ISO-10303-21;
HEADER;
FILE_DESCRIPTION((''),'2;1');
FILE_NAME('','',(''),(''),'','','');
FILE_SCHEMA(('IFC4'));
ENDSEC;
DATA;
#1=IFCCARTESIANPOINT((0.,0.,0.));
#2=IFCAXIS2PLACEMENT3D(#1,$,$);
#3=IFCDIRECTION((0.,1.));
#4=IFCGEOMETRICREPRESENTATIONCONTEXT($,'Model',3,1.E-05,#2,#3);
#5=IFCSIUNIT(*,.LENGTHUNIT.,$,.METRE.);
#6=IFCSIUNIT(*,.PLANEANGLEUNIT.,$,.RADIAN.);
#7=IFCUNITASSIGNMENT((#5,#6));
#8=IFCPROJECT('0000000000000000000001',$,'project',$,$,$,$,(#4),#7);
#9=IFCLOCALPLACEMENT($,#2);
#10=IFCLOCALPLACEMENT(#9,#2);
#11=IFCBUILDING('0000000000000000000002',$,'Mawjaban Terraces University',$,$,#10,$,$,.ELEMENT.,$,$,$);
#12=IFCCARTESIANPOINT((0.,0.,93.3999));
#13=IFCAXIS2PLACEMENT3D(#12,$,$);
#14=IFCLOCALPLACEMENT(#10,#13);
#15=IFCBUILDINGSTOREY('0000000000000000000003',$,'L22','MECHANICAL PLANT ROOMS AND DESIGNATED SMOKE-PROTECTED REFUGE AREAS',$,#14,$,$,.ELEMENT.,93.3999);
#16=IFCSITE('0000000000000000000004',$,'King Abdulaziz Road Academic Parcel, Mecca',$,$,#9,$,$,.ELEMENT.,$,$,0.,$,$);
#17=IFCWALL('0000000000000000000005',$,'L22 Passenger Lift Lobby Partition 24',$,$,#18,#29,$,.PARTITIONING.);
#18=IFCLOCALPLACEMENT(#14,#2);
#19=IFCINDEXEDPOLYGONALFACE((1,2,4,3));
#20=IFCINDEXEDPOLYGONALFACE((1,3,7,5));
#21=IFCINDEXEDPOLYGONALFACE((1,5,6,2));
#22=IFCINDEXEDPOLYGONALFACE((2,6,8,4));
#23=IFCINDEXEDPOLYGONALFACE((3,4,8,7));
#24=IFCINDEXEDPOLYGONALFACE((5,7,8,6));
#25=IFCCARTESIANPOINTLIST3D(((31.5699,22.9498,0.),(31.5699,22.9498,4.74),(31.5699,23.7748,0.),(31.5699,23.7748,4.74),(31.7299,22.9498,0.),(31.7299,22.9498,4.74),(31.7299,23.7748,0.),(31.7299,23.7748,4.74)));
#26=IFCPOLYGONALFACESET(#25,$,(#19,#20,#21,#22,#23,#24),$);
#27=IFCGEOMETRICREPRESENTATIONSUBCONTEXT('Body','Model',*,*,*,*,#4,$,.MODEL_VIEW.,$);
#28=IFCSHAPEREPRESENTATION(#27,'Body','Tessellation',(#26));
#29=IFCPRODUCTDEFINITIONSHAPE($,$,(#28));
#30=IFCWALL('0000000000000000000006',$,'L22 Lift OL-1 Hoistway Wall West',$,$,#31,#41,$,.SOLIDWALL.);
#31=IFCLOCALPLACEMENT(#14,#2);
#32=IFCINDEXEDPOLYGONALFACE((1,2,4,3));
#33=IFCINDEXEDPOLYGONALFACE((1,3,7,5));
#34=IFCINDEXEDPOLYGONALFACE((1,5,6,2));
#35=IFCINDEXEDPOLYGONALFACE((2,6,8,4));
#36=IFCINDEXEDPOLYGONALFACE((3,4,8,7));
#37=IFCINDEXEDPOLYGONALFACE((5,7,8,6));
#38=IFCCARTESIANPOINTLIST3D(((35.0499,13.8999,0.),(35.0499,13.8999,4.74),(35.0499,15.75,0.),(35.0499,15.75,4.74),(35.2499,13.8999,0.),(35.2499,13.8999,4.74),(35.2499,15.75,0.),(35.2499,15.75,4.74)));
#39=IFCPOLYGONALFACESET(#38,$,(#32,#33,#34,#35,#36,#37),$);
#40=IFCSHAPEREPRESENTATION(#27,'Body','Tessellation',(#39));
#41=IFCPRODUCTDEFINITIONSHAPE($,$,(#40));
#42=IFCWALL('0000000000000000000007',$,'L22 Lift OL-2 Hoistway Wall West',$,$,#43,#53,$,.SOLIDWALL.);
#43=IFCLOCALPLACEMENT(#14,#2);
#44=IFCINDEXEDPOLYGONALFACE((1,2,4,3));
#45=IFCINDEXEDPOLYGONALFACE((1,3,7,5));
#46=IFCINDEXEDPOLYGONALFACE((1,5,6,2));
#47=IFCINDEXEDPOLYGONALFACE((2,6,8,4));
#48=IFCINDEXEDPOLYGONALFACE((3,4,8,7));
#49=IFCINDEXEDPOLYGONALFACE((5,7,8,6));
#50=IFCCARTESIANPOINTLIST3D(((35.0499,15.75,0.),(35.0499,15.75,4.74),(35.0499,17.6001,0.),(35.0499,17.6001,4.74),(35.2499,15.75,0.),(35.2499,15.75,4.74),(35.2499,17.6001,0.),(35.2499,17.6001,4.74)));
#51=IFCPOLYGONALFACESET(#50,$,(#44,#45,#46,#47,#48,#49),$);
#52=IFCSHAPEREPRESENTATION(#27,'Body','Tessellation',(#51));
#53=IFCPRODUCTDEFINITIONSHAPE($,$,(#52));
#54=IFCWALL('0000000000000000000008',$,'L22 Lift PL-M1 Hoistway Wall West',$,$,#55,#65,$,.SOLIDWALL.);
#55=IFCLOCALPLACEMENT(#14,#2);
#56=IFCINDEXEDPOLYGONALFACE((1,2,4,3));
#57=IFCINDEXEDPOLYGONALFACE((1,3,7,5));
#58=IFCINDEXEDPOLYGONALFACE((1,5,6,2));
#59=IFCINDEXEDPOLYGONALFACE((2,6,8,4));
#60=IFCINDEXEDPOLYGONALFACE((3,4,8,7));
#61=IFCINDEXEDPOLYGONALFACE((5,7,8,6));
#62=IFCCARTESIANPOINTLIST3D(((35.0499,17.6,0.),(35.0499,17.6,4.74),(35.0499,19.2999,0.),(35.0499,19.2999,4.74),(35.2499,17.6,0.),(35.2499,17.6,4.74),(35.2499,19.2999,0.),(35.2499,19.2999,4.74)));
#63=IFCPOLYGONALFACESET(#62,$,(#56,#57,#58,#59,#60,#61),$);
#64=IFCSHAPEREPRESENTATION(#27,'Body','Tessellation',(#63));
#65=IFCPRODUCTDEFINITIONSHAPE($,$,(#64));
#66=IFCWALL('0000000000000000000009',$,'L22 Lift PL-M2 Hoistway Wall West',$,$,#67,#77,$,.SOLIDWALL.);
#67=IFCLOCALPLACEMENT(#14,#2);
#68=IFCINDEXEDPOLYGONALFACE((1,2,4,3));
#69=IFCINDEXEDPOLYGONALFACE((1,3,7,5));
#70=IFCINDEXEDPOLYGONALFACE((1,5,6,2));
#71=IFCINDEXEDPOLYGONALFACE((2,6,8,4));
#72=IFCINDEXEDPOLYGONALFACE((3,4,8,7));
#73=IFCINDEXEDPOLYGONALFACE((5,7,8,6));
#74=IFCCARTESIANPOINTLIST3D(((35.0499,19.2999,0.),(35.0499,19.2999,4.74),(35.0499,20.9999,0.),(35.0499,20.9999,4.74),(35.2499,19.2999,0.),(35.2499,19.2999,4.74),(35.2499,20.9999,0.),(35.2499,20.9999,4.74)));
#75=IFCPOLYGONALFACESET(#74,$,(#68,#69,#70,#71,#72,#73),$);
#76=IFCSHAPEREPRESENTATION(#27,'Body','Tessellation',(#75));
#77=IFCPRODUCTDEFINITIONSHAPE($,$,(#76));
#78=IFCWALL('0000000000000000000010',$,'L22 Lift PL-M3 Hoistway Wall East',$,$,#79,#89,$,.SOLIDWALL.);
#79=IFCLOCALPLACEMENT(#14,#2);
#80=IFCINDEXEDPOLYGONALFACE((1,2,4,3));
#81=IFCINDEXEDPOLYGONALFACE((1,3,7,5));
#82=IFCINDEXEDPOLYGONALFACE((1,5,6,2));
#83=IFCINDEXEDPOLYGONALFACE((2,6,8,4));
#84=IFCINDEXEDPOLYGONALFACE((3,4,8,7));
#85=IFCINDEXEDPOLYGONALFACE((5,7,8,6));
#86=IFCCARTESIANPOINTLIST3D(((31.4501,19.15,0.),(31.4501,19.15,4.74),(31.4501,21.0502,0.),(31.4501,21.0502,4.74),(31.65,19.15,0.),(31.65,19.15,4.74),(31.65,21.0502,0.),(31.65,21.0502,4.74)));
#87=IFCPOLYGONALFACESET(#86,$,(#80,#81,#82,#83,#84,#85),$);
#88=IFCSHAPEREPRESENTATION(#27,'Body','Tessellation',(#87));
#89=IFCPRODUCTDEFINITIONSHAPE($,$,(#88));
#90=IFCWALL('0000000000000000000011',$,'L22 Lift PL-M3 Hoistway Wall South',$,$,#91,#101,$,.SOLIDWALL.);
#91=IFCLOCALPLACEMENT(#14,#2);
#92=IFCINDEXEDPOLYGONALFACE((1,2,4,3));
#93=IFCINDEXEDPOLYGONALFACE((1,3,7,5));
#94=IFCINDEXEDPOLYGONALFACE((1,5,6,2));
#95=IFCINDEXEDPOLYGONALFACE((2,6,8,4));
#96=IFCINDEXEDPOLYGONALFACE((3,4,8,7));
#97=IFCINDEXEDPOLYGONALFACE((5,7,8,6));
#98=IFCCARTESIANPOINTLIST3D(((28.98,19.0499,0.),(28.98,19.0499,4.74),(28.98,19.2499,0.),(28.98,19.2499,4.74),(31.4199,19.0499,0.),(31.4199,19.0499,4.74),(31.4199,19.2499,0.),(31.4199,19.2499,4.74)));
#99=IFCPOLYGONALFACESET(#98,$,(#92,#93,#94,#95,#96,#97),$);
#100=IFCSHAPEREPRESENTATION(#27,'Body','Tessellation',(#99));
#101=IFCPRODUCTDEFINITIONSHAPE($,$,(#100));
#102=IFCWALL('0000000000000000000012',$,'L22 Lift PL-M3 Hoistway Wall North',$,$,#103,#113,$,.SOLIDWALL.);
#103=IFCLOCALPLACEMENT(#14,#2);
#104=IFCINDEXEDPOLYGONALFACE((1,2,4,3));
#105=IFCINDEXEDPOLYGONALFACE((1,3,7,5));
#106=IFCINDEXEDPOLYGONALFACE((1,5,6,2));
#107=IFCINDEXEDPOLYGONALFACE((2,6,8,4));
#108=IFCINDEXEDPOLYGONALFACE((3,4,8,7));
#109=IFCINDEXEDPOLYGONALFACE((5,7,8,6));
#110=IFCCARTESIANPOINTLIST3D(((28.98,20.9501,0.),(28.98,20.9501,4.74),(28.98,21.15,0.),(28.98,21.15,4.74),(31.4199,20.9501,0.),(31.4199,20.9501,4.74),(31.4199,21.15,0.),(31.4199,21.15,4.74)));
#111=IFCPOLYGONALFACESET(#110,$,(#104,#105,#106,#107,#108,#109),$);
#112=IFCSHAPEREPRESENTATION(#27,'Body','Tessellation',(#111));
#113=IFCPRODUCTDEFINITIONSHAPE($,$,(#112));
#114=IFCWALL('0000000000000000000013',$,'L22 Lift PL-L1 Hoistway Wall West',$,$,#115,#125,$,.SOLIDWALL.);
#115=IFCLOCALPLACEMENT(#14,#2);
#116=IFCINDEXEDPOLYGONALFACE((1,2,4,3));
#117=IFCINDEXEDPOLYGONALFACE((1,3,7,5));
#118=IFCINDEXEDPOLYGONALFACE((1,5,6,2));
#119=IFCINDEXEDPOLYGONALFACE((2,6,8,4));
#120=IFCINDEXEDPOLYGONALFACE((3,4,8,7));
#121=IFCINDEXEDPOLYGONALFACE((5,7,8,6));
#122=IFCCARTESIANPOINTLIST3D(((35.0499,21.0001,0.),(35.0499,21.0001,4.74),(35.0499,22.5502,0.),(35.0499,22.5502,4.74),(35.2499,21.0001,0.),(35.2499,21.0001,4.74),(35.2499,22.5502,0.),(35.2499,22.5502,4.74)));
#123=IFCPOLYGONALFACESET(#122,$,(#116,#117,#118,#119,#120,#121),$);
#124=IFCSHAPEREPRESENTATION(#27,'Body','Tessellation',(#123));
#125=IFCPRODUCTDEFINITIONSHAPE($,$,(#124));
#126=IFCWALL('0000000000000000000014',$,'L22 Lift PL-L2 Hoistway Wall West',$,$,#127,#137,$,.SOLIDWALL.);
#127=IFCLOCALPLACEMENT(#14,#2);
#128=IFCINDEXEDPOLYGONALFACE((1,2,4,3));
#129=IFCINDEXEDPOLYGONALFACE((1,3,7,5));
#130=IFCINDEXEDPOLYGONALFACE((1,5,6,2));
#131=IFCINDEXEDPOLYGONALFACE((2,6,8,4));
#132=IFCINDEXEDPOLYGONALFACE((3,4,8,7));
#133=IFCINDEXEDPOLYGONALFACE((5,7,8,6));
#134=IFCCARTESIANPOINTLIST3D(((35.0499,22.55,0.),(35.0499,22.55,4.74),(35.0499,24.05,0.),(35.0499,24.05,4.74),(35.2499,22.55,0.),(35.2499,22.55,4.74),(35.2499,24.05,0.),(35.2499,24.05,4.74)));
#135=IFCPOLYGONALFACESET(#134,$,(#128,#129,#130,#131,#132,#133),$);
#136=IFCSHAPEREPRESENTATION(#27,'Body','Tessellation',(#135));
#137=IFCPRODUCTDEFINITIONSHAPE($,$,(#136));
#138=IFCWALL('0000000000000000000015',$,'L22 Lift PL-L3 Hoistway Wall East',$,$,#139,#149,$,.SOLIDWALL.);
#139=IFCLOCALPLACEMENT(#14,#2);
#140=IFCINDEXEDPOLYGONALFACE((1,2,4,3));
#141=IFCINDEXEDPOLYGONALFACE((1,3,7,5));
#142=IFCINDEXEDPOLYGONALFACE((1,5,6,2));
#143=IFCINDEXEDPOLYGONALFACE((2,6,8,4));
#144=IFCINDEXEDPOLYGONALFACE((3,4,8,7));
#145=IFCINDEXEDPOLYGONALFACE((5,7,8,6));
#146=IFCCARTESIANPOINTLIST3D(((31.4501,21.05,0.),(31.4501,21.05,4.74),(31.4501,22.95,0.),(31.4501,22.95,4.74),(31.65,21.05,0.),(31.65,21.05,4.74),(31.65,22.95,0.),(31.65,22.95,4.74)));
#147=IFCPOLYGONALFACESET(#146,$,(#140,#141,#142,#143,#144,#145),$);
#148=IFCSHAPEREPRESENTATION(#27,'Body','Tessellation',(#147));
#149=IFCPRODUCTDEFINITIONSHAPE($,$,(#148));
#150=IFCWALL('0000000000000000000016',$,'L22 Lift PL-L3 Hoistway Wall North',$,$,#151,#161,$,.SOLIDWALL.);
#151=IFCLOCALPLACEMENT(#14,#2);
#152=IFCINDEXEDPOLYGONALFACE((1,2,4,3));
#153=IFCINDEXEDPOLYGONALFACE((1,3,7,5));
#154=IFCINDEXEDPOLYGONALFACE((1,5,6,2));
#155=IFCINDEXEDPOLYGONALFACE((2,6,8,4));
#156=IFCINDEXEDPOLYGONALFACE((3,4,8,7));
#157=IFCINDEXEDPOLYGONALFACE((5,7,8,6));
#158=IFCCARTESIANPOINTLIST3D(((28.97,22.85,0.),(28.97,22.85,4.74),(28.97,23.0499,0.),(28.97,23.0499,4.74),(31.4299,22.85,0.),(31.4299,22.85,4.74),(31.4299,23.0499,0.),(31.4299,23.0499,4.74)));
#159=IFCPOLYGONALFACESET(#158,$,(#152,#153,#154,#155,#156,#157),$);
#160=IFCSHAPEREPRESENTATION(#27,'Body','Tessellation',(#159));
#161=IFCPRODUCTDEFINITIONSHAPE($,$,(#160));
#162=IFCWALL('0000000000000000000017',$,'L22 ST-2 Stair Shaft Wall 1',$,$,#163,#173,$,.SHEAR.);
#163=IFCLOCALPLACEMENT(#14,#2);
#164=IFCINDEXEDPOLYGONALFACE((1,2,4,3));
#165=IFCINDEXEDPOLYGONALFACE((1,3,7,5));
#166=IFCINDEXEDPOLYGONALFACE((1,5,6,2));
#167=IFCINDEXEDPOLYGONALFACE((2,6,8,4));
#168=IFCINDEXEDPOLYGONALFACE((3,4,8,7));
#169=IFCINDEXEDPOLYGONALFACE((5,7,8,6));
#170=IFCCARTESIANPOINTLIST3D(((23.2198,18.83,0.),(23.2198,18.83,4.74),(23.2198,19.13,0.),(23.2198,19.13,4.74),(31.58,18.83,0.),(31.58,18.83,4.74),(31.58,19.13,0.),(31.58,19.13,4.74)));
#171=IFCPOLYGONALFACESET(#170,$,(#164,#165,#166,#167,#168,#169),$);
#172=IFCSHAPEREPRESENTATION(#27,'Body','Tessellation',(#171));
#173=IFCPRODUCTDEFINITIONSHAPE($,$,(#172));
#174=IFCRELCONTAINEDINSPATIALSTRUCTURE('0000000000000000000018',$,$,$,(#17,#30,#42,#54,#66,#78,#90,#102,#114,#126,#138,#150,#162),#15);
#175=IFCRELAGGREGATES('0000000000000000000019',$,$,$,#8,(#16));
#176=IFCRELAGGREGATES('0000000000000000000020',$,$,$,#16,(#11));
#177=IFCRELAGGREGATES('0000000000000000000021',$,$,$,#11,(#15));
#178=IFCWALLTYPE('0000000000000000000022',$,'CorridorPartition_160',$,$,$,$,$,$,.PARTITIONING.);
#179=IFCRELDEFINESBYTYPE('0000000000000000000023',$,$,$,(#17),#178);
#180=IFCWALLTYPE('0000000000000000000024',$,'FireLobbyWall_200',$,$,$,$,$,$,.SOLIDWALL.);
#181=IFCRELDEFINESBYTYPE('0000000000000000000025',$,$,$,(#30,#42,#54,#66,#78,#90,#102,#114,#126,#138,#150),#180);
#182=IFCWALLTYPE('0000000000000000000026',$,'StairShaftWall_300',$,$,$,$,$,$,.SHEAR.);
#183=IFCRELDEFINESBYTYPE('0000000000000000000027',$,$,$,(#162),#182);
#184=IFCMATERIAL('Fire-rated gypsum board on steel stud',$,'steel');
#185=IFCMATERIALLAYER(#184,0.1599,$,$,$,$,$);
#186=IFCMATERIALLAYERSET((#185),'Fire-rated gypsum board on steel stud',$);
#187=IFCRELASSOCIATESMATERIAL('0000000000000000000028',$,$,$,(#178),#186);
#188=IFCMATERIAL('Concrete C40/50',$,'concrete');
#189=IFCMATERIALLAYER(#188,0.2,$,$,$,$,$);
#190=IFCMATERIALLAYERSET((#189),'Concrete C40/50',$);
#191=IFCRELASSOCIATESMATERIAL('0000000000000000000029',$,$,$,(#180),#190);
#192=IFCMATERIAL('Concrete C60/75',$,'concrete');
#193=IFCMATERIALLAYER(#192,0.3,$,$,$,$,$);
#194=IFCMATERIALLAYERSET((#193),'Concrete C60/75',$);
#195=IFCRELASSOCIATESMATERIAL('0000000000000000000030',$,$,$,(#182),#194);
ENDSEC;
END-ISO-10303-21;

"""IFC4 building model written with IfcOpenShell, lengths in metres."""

from ifc_helpers import new_model, si_unit, direction, frame, frame_2d, origin, place, context, subcontext, project, spatial, rectangle, extrude, material, layer, layer_set, type_object, element, save


model = new_model("IFC4")

# Units and contexts
model_context = context("Model", 3, precision=1e-05, world=origin(), true_north=direction((0.0, 1.0)))
body_context = subcontext(model_context, "Body", "Model", "MODEL_VIEW")
ifc_project = project(units=[si_unit("LENGTHUNIT", "METRE"), si_unit("PLANEANGLEUNIT", "RADIAN")], contexts=[model_context])

# Site, building, storey
site_placement = place(None, origin())
site = spatial("IfcSite", under=ifc_project, at=site_placement, Name="King Abdulaziz Road Academic Parcel, Mecca", CompositionType="ELEMENT", RefElevation=0.0)
building_placement = place(site_placement, origin())
building = spatial("IfcBuilding", under=site, at=building_placement, Name="Mawjaban Terraces University", CompositionType="ELEMENT")
storey_placement = place(building_placement, frame((0.0, 0.0, 93.3999)))
storey = spatial("IfcBuildingStorey", under=building, at=storey_placement, Name="L22", Description="MECHANICAL PLANT ROOMS AND DESIGNATED SMOKE-PROTECTED REFUGE AREAS", CompositionType="ELEMENT", Elevation=93.3999)

# Walls
ifc_material_1 = material(Name="Fire-rated gypsum board on steel stud", Category="steel")
ifc_layer_1 = layer(ifc_material_1, 0.1599)
ifc_layer_set_1 = layer_set([ifc_layer_1], Name="Fire-rated gypsum board on steel stud")
wall_type_1 = type_object("IfcWallType", Name="CorridorPartition_160", PredefinedType="PARTITIONING", material=ifc_layer_set_1)
wall_1_placement = place(storey_placement, frame((31.6499, 23.7749, 0.0), z_axis=(0.0, 0.0, 1.0), x_axis=(0.0, -1.0, 0.0)))
element("IfcWall", 1, at=wall_1_placement, inside=storey, type_object=wall_type_1, Name="L22 Passenger Lift Lobby Partition 24", PredefinedType="PARTITIONING", context=body_context, shape_type="SweptSolid", body=[
    extrude(rectangle(XDim=0.825, YDim=0.1599, at=frame_2d((0.4126, 0.0))), origin(), (0.0, 0.0, 1.0), 4.74),
])
ifc_material_2 = material(Name="Concrete C40/50", Category="concrete")
ifc_layer_2 = layer(ifc_material_2, 0.2)
ifc_layer_set_2 = layer_set([ifc_layer_2], Name="Concrete C40/50")
wall_type_2 = type_object("IfcWallType", Name="FireLobbyWall_200", PredefinedType="SOLIDWALL", material=ifc_layer_set_2)
for number, where, z_axis, x_axis, name in (
    (2, (35.1499, 15.75, 0.0), (0.0, 0.0, 1.0), (0.0, -1.0, 0.0), "L22 Lift OL-1 Hoistway Wall West"),
    (3, (35.1499, 17.6001, 0.0), (0.0, 0.0, 1.0), (0.0, -1.0, 0.0), "L22 Lift OL-2 Hoistway Wall West"),
):
    element("IfcWall", number, at=place(storey_placement, frame(where, z_axis=z_axis, x_axis=x_axis)), inside=storey, type_object=wall_type_2, Name=name, PredefinedType="SOLIDWALL", context=body_context, shape_type="SweptSolid", body=[
        extrude(rectangle(XDim=1.8501, YDim=0.2, at=frame_2d((0.925, 0.0))), origin(), (0.0, 0.0, 1.0), 4.74),
    ])
for number, where, z_axis, x_axis, name in (
    (4, (35.1499, 19.3, 0.0), (0.0, 0.0, 1.0), (0.0, -1.0, 0.0), "L22 Lift PL-M1 Hoistway Wall West"),
    (5, (35.1499, 21.0, 0.0), (0.0, 0.0, 1.0), (0.0, -1.0, 0.0), "L22 Lift PL-M2 Hoistway Wall West"),
):
    element("IfcWall", number, at=place(storey_placement, frame(where, z_axis=z_axis, x_axis=x_axis)), inside=storey, type_object=wall_type_2, Name=name, PredefinedType="SOLIDWALL", context=body_context, shape_type="SweptSolid", body=[
        extrude(rectangle(XDim=1.7, YDim=0.2, at=frame_2d((0.8501, 0.0))), origin(), (0.0, 0.0, 1.0), 4.74),
    ])
wall_2_placement = place(storey_placement, frame((31.55, 19.1499, 0.0), z_axis=(0.0, 0.0, 1.0), x_axis=(0.0, 1.0, 0.0)))
element("IfcWall", 6, at=wall_2_placement, inside=storey, type_object=wall_type_2, Name="L22 Lift PL-M3 Hoistway Wall East", PredefinedType="SOLIDWALL", context=body_context, shape_type="SweptSolid", body=[
    extrude(rectangle(XDim=1.9001, YDim=0.2, at=frame_2d((0.9502, 0.0))), origin(), (0.0, 0.0, 1.0), 4.74),
])
for number, where, z_axis, x_axis, name in (
    (7, (28.98, 19.1499, 0.0), (0.0, 0.0, 1.0), (1.0, 0.0, 0.0), "L22 Lift PL-M3 Hoistway Wall South"),
    (8, (31.4199, 21.05, 0.0), (0.0, 0.0, 1.0), (-1.0, 0.0, 0.0), "L22 Lift PL-M3 Hoistway Wall North"),
):
    element("IfcWall", number, at=place(storey_placement, frame(where, z_axis=z_axis, x_axis=x_axis)), inside=storey, type_object=wall_type_2, Name=name, PredefinedType="SOLIDWALL", context=body_context, shape_type="SweptSolid", body=[
        extrude(rectangle(XDim=2.4399, YDim=0.2, at=frame_2d((1.22, 0.0))), origin(), (0.0, 0.0, 1.0), 4.74),
    ])
wall_3_placement = place(storey_placement, frame((35.1499, 22.55, 0.0), z_axis=(0.0, 0.0, 1.0), x_axis=(0.0, -1.0, 0.0)))
element("IfcWall", 9, at=wall_3_placement, inside=storey, type_object=wall_type_2, Name="L22 Lift PL-L1 Hoistway Wall West", PredefinedType="SOLIDWALL", context=body_context, shape_type="SweptSolid", body=[
    extrude(rectangle(XDim=1.55, YDim=0.2, at=frame_2d((0.7749, 0.0))), origin(), (0.0, 0.0, 1.0), 4.74),
])
wall_4_placement = place(storey_placement, frame((35.1499, 24.05, 0.0), z_axis=(0.0, 0.0, 1.0), x_axis=(0.0, -1.0, 0.0)))
element("IfcWall", 10, at=wall_4_placement, inside=storey, type_object=wall_type_2, Name="L22 Lift PL-L2 Hoistway Wall West", PredefinedType="SOLIDWALL", context=body_context, shape_type="SweptSolid", body=[
    extrude(rectangle(XDim=1.5, YDim=0.2, at=frame_2d((0.75, 0.0))), origin(), (0.0, 0.0, 1.0), 4.74),
])
wall_5_placement = place(storey_placement, frame((31.55, 21.05, 0.0), z_axis=(0.0, 0.0, 1.0), x_axis=(0.0, 1.0, 0.0)))
element("IfcWall", 11, at=wall_5_placement, inside=storey, type_object=wall_type_2, Name="L22 Lift PL-L3 Hoistway Wall East", PredefinedType="SOLIDWALL", context=body_context, shape_type="SweptSolid", body=[
    extrude(rectangle(XDim=1.8999, YDim=0.2, at=frame_2d((0.95, 0.0))), origin(), (0.0, 0.0, 1.0), 4.74),
])
wall_6_placement = place(storey_placement, frame((31.4299, 22.95, 0.0), z_axis=(0.0, 0.0, 1.0), x_axis=(-1.0, 0.0, 0.0)))
element("IfcWall", 12, at=wall_6_placement, inside=storey, type_object=wall_type_2, Name="L22 Lift PL-L3 Hoistway Wall North", PredefinedType="SOLIDWALL", context=body_context, shape_type="SweptSolid", body=[
    extrude(rectangle(XDim=2.46, YDim=0.2, at=frame_2d((1.23, 0.0))), origin(), (0.0, 0.0, 1.0), 4.74),
])
ifc_material_3 = material(Name="Concrete C60/75", Category="concrete")
ifc_layer_3 = layer(ifc_material_3, 0.3)
ifc_layer_set_3 = layer_set([ifc_layer_3], Name="Concrete C60/75")
wall_type_3 = type_object("IfcWallType", Name="StairShaftWall_300", PredefinedType="SHEAR", material=ifc_layer_set_3)
wall_7_placement = place(storey_placement, frame((31.5801, 18.98, 0.0), z_axis=(0.0, 0.0, 1.0), x_axis=(-1.0, 0.0, 0.0)))
element("IfcWall", 13, at=wall_7_placement, inside=storey, type_object=wall_type_3, Name="L22 ST-2 Stair Shaft Wall 1", PredefinedType="SHEAR", context=body_context, shape_type="SweptSolid", body=[
    extrude(rectangle(XDim=8.3601, YDim=0.3, at=frame_2d((4.1802, 0.0))), origin(), (0.0, 0.0, 1.0), 4.74),
])

save(model, "model.ifc")
